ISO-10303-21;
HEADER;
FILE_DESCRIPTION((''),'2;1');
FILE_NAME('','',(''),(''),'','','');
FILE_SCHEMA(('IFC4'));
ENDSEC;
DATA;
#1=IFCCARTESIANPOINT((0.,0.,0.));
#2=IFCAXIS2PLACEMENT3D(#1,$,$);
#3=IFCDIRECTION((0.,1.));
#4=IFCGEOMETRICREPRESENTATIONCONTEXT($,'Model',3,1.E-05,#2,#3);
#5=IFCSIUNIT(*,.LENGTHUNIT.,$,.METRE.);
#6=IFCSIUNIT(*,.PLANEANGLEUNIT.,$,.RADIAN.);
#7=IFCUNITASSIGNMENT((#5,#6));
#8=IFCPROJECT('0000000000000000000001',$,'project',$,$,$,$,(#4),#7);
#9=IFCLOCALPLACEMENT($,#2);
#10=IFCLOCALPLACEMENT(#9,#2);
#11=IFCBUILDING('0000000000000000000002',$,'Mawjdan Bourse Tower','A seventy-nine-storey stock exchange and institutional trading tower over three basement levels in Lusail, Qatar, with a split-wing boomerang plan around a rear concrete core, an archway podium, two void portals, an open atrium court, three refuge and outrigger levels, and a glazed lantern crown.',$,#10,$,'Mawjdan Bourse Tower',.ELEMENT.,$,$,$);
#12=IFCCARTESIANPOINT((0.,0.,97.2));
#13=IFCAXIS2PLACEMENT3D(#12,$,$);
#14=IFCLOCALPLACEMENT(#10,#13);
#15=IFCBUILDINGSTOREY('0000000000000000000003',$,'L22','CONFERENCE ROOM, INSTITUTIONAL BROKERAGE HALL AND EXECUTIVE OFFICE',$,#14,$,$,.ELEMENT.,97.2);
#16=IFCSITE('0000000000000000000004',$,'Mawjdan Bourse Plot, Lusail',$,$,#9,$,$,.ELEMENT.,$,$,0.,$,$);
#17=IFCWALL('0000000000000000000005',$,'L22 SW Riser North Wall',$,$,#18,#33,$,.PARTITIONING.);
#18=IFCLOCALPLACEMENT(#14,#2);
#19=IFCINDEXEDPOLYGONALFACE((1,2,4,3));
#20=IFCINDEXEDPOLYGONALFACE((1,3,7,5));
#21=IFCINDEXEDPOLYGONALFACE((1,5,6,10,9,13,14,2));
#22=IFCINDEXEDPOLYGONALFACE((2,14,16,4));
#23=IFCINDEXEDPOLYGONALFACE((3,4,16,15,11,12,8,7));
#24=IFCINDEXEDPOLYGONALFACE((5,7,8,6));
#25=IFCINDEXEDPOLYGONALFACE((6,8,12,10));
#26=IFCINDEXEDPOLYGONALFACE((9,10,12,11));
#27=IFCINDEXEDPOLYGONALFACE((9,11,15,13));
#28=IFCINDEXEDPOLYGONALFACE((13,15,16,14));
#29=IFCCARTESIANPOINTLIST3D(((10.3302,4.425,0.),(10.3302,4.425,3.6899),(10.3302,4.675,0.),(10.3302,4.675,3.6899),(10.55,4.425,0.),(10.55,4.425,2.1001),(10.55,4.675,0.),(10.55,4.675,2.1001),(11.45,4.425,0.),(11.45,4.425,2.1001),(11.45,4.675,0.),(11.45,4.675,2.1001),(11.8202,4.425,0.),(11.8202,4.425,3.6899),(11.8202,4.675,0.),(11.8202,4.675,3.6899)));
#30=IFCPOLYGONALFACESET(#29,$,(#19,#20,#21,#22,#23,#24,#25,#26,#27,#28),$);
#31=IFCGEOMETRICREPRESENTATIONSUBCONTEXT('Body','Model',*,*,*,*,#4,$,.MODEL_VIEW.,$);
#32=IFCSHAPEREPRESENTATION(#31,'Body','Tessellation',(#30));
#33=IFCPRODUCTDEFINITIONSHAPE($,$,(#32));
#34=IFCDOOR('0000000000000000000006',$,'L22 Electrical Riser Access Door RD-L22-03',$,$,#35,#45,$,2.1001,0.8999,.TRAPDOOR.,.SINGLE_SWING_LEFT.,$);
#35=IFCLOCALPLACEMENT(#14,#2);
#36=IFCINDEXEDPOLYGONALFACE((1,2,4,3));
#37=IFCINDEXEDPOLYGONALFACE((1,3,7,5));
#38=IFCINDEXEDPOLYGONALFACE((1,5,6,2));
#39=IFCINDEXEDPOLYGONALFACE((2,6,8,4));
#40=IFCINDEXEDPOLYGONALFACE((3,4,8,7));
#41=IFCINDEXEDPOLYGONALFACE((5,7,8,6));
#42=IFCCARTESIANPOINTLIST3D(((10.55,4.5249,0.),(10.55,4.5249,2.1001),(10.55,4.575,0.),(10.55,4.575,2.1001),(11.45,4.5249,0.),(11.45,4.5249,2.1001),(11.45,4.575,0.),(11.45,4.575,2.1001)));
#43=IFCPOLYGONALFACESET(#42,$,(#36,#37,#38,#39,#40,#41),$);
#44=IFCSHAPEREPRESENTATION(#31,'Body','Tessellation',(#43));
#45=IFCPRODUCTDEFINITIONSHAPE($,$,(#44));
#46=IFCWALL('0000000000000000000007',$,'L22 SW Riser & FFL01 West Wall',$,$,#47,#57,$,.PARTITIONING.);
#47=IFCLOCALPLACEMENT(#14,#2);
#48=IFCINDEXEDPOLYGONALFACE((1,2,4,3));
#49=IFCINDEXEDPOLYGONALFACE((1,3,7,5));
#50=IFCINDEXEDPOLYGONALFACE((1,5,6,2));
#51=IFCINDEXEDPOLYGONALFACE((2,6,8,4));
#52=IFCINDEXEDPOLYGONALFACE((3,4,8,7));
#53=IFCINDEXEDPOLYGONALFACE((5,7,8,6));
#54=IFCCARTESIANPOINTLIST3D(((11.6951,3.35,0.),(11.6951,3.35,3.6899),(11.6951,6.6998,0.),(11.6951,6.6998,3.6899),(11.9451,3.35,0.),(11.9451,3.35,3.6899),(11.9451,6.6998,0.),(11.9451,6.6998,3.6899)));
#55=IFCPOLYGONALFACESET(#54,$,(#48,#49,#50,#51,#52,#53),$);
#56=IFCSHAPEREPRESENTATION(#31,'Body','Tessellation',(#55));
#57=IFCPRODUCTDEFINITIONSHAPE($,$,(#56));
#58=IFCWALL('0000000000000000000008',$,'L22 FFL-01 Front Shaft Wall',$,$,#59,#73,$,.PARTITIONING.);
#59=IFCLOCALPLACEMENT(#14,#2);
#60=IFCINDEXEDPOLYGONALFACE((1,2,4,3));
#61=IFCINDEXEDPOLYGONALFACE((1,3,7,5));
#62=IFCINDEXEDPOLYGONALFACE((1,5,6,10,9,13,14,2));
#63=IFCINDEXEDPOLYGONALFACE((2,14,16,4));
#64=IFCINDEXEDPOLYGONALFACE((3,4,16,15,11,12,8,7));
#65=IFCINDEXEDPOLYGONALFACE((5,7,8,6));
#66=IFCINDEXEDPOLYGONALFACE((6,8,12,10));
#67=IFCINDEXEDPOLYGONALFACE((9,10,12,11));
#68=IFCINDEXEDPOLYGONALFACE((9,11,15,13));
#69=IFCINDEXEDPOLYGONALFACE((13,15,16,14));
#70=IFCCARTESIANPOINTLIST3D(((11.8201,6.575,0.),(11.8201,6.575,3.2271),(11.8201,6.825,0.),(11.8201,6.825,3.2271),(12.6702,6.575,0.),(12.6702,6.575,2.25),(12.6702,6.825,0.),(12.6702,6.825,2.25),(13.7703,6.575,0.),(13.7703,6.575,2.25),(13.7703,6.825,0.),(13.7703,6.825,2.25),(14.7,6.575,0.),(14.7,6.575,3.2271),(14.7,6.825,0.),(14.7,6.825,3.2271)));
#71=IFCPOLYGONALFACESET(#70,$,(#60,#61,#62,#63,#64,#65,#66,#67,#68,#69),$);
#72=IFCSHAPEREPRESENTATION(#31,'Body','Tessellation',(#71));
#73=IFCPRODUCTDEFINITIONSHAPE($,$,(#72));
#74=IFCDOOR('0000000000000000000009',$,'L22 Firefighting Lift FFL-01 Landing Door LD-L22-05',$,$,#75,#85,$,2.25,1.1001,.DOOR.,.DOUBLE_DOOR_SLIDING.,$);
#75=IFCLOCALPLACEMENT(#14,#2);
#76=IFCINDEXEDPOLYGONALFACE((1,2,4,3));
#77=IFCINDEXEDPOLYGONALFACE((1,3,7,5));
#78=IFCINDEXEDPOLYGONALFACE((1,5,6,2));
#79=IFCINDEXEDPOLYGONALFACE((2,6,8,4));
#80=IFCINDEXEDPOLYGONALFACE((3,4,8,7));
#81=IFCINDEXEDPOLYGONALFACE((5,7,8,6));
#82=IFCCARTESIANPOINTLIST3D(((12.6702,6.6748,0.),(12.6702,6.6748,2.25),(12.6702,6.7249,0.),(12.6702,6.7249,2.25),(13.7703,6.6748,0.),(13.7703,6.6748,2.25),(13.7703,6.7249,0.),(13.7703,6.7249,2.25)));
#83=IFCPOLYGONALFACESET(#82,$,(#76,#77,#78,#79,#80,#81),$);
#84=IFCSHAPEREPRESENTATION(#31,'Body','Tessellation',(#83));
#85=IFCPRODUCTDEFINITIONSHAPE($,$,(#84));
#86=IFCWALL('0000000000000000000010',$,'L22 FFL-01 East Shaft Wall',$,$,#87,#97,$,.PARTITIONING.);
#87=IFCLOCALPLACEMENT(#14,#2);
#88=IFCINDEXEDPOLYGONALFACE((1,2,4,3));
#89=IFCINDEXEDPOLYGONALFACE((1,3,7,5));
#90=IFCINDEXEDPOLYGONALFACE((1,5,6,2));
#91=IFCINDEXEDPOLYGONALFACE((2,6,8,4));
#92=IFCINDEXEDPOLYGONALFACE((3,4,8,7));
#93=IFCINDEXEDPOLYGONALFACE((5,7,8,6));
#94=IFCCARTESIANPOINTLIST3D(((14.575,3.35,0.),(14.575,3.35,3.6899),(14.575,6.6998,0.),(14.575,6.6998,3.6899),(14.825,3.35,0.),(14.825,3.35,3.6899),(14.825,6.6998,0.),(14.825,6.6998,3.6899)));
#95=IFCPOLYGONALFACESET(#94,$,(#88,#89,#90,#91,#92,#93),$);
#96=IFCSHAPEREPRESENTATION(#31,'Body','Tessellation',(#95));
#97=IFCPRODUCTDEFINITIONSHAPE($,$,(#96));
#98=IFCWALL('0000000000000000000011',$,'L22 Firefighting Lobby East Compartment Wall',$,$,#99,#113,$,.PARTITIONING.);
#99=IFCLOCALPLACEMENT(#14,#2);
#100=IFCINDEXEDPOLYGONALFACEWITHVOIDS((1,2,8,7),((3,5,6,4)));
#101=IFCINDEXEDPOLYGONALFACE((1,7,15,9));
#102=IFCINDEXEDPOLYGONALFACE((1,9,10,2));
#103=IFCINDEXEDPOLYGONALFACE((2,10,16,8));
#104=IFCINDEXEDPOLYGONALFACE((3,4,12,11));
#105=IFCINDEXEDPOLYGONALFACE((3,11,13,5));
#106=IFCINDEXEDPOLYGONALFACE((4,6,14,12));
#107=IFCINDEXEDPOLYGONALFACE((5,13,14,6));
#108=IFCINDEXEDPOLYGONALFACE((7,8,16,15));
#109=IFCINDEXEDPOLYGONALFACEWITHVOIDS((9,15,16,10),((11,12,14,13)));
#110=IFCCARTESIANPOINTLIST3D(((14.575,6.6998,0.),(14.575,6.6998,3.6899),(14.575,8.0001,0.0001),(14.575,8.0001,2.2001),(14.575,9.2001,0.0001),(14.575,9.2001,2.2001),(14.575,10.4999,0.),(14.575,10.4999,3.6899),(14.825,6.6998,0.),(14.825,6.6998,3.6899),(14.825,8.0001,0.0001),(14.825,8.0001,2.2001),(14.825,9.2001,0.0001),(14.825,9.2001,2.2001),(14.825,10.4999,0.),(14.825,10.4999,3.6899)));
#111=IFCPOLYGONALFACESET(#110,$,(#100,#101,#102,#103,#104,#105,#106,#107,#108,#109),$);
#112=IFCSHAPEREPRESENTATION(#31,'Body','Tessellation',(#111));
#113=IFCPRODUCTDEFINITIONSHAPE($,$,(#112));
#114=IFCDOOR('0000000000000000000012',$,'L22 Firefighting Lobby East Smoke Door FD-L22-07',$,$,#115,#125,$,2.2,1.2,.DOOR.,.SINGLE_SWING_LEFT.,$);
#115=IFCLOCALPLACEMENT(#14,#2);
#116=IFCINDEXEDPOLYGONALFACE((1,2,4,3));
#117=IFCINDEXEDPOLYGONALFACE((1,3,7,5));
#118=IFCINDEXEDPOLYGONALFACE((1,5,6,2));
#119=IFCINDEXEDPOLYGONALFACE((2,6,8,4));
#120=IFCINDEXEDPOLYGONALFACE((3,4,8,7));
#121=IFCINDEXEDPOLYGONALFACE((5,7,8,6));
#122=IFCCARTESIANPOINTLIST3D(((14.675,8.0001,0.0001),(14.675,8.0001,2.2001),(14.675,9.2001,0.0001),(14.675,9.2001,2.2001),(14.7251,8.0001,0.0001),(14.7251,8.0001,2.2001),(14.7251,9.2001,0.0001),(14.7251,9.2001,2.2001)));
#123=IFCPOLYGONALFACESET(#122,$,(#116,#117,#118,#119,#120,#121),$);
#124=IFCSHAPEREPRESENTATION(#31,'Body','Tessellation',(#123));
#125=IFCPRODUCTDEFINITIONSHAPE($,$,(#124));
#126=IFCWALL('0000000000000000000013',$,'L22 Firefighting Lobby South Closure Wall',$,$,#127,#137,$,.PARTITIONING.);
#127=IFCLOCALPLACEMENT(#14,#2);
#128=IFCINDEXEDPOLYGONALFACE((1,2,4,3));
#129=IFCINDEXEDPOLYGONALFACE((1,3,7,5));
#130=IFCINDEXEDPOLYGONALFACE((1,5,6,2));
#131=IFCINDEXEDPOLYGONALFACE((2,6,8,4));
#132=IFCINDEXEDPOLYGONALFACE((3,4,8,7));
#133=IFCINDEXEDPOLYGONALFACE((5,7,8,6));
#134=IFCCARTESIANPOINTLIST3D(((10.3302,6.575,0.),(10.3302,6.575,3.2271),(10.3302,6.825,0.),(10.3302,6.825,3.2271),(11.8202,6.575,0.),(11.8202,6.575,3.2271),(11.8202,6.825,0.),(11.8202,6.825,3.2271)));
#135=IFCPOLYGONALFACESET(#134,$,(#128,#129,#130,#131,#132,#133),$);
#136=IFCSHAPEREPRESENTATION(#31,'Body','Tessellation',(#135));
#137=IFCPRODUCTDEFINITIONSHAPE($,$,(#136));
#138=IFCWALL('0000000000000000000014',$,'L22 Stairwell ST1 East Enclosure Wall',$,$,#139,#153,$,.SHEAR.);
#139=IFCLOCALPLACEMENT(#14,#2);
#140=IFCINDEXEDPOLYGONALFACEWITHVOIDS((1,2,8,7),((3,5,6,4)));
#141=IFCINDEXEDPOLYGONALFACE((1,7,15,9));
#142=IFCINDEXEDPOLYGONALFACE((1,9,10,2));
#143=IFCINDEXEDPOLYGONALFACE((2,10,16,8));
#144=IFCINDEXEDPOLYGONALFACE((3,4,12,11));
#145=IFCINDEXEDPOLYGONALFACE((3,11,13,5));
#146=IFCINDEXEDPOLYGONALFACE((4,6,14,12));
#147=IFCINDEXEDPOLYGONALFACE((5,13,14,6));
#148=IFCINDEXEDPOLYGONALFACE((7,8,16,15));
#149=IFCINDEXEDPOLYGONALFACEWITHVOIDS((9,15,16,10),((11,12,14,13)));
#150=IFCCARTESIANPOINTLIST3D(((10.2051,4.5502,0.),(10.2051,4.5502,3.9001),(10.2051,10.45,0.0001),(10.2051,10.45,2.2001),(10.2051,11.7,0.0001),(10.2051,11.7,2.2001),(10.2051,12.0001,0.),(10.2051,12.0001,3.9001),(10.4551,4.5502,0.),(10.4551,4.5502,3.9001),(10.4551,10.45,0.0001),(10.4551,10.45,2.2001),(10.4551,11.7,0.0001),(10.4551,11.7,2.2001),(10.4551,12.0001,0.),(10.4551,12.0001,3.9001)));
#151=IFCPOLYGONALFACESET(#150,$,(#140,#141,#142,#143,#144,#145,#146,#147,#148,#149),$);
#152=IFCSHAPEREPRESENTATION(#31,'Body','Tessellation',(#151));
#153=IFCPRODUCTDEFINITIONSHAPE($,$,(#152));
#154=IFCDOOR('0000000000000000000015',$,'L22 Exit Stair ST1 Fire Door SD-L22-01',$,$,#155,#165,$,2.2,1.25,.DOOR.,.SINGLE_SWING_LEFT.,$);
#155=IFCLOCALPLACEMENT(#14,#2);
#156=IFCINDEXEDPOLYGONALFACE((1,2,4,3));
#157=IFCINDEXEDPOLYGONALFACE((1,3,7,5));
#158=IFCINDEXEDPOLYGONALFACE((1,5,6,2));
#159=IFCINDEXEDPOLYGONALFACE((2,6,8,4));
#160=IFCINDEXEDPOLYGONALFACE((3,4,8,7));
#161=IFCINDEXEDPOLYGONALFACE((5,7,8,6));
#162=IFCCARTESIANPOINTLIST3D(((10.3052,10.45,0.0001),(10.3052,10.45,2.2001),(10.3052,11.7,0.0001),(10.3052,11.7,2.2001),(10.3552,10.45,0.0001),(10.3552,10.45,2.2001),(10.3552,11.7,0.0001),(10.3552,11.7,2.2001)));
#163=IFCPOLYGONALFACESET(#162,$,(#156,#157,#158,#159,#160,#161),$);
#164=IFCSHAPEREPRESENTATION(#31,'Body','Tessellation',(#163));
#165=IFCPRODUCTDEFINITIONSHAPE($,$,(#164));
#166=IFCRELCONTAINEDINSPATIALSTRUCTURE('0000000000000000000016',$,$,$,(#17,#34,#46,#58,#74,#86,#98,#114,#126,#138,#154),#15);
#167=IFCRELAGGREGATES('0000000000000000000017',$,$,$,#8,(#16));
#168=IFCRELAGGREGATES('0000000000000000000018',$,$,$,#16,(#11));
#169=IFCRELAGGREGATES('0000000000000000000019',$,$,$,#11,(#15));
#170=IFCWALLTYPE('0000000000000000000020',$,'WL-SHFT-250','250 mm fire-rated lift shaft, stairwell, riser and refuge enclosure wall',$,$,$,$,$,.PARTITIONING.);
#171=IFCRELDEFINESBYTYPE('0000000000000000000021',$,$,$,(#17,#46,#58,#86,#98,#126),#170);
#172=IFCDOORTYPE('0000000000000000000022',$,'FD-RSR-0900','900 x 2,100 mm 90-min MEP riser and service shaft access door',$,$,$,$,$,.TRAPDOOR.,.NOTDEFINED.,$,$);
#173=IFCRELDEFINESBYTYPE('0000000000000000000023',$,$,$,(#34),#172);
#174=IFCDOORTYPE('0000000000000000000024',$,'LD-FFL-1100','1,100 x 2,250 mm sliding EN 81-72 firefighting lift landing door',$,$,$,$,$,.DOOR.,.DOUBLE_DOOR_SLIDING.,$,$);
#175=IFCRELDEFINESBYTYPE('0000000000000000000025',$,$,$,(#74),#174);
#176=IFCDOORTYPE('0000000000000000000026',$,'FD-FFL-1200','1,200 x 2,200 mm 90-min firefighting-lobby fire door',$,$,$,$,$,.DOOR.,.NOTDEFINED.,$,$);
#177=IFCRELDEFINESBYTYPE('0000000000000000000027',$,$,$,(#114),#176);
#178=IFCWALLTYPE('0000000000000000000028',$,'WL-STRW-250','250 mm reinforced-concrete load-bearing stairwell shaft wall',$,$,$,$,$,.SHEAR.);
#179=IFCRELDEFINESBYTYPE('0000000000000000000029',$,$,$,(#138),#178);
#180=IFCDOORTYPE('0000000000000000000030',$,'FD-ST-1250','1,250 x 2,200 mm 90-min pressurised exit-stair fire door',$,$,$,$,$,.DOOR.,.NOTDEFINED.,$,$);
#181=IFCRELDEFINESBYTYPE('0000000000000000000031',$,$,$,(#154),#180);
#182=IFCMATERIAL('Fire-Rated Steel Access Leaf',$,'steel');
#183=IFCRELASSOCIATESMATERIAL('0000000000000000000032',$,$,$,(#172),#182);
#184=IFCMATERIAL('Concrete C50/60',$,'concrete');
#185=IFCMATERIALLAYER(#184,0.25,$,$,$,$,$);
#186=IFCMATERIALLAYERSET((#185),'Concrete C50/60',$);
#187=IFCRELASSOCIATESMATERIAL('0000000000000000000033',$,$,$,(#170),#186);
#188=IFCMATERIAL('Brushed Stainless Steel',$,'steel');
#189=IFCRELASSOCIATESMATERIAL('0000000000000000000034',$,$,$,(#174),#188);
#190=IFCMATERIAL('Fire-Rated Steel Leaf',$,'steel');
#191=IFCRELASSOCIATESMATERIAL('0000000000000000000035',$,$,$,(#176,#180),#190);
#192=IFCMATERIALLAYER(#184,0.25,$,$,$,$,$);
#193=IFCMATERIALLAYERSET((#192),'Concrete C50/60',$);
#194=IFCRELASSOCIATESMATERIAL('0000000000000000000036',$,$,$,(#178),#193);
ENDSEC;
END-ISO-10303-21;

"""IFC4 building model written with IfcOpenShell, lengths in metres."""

from ifc_helpers import new_model, si_unit, direction, frame, frame_2d, origin, place, context, subcontext, project, spatial, rectangle, extrude, material, layer, layer_set, type_object, element, fill, save


model = new_model("IFC4")

# Units and contexts
model_context = context("Model", 3, precision=1e-05, world=origin(), true_north=direction((0.0, 1.0)))
body_context = subcontext(model_context, "Body", "Model", "MODEL_VIEW")
ifc_project = project(units=[si_unit("LENGTHUNIT", "METRE"), si_unit("PLANEANGLEUNIT", "RADIAN")], contexts=[model_context])

# Site, building, storey
site_placement = place(None, origin())
site = spatial("IfcSite", under=ifc_project, at=site_placement, Name="Mawjdan Bourse Plot, Lusail", CompositionType="ELEMENT", RefElevation=0.0)
building_placement = place(site_placement, origin())
building = spatial("IfcBuilding", under=site, at=building_placement, Name="Mawjdan Bourse Tower", Description="A seventy-nine-storey stock exchange and institutional trading tower over three basement levels in Lusail, Qatar, with a split-wing boomerang plan around a rear concrete core, an archway podium, two void portals, an open atrium court, three refuge and outrigger levels, and a glazed lantern crown.", LongName="Mawjdan Bourse Tower", CompositionType="ELEMENT")
storey_placement = place(building_placement, frame((0.0, 0.0, 97.2)))
storey = spatial("IfcBuildingStorey", under=building, at=storey_placement, Name="L22", Description="CONFERENCE ROOM, INSTITUTIONAL BROKERAGE HALL AND EXECUTIVE OFFICE", CompositionType="ELEMENT", Elevation=97.2)

# Shared definitions
ifc_material_1 = material(Name="Fire-Rated Steel Access Leaf", Category="steel")
door_type_1 = type_object("IfcDoorType", Name="FD-RSR-0900", Description="900 x 2,100 mm 90-min MEP riser and service shaft access door", OperationType="NOTDEFINED", PredefinedType="TRAPDOOR", material=ifc_material_1)

# Wall, opening, door
ifc_material_2 = material(Name="Concrete C50/60", Category="concrete")
ifc_layer_1 = layer(ifc_material_2, 0.25)
ifc_layer_set_1 = layer_set([ifc_layer_1], Name="Concrete C50/60")
wall_type_1 = type_object("IfcWallType", Name="WL-SHFT-250", Description="250 mm fire-rated lift shaft, stairwell, riser and refuge enclosure wall", PredefinedType="PARTITIONING", material=ifc_layer_set_1)
wall_1_placement = place(storey_placement, frame((10.3301, 4.55, 0.0), z_axis=(0.0, 0.0, 1.0), x_axis=(1.0, 0.0, 0.0)))
wall_1 = element("IfcWall", 1, at=wall_1_placement, inside=storey, type_object=wall_type_1, Name="L22 SW Riser North Wall", PredefinedType="PARTITIONING", context=body_context, shape_type="SweptSolid", body=[
    extrude(rectangle(XDim=1.49, YDim=0.25, at=frame_2d((0.7451, 0.0))), origin(), (0.0, 0.0, 1.0), 3.6899),
])
opening_1_placement = place(wall_1_placement, frame((0.22, 0.0, 0.0)))
opening_1 = element("IfcOpeningElement", 2, at=opening_1_placement, cuts=wall_1, PredefinedType="OPENING", context=body_context, shape_type="SweptSolid", body=[
    extrude(rectangle(XDim=0.8999, YDim=2.1001, at=frame_2d((0.45, 1.05))), frame((0.0, 0.135, 0.0), z_axis=(0.0, -1.0, 0.0), x_axis=(1.0, 0.0, 0.0)), (0.0, 0.0, 1.0), 0.27),
])
door_1_placement = place(opening_1_placement, origin())
door_1 = element("IfcDoor", 3, at=door_1_placement, inside=storey, type_object=door_type_1, Name="L22 Electrical Riser Access Door RD-L22-03", OperationType="SINGLE_SWING_LEFT", OverallHeight=2.1001, OverallWidth=0.8999, PredefinedType="TRAPDOOR", context=body_context, shape_type="SweptSolid", body=[
    extrude(rectangle(XDim=0.8999, YDim=2.1001, at=frame_2d((0.45, 1.05))), frame((0.0, 0.0249, 0.0), z_axis=(0.0, -1.0, 0.0), x_axis=(1.0, 0.0, 0.0)), (0.0, 0.0, 1.0), 0.05),
])
fill(opening_1, door_1)

# Wall
wall_2_placement = place(storey_placement, frame((11.8201, 3.3501, 0.0), z_axis=(0.0, 0.0, 1.0), x_axis=(0.0, 1.0, 0.0)))
element("IfcWall", 4, at=wall_2_placement, inside=storey, type_object=wall_type_1, Name="L22 SW Riser & FFL01 West Wall", PredefinedType="PARTITIONING", context=body_context, shape_type="SweptSolid", body=[
    extrude(rectangle(XDim=3.3499, YDim=0.25, at=frame_2d((1.6748, 0.0))), origin(), (0.0, 0.0, 1.0), 3.6899),
])

# Wall, opening, door
wall_3_placement = place(storey_placement, frame((11.8201, 6.7, 0.0), z_axis=(0.0, 0.0, 1.0), x_axis=(1.0, 0.0, 0.0)))
wall_3 = element("IfcWall", 5, at=wall_3_placement, inside=storey, type_object=wall_type_1, Name="L22 FFL-01 Front Shaft Wall", PredefinedType="PARTITIONING", context=body_context, shape_type="SweptSolid", body=[
    extrude(rectangle(XDim=2.8799, YDim=0.25, at=frame_2d((1.4399, 0.0))), origin(), (0.0, 0.0, 1.0), 3.2271),
])
opening_2_placement = place(wall_3_placement, frame((0.8501, 0.0, 0.0)))
opening_2 = element("IfcOpeningElement", 6, at=opening_2_placement, cuts=wall_3, PredefinedType="OPENING", context=body_context, shape_type="SweptSolid", body=[
    extrude(rectangle(XDim=1.1001, YDim=2.25, at=frame_2d((0.55, 1.125))), frame((0.0, 0.135, 0.0), z_axis=(0.0, -1.0, 0.0), x_axis=(1.0, 0.0, 0.0)), (0.0, 0.0, 1.0), 0.27),
])
ifc_material_3 = material(Name="Brushed Stainless Steel", Category="steel")
door_type_2 = type_object("IfcDoorType", Name="LD-FFL-1100", Description="1,100 x 2,250 mm sliding EN 81-72 firefighting lift landing door", OperationType="DOUBLE_DOOR_SLIDING", PredefinedType="DOOR", material=ifc_material_3)
door_2_placement = place(opening_2_placement, origin())
door_2 = element("IfcDoor", 7, at=door_2_placement, inside=storey, type_object=door_type_2, Name="L22 Firefighting Lift FFL-01 Landing Door LD-L22-05", OperationType="DOUBLE_DOOR_SLIDING", OverallHeight=2.25, OverallWidth=1.1001, PredefinedType="DOOR", context=body_context, shape_type="SweptSolid", body=[
    extrude(rectangle(XDim=1.1001, YDim=2.25, at=frame_2d((0.55, 1.125))), frame((0.0, 0.0249, 0.0), z_axis=(0.0, -1.0, 0.0), x_axis=(1.0, 0.0, 0.0)), (0.0, 0.0, 1.0), 0.05),
])
fill(opening_2, door_2)

# Wall
wall_4_placement = place(storey_placement, frame((14.7, 3.3501, 0.0), z_axis=(0.0, 0.0, 1.0), x_axis=(0.0, 1.0, 0.0)))
element("IfcWall", 8, at=wall_4_placement, inside=storey, type_object=wall_type_1, Name="L22 FFL-01 East Shaft Wall", PredefinedType="PARTITIONING", context=body_context, shape_type="SweptSolid", body=[
    extrude(rectangle(XDim=3.3499, YDim=0.25, at=frame_2d((1.6748, 0.0))), origin(), (0.0, 0.0, 1.0), 3.6899),
])

# Wall, opening, door
wall_5_placement = place(storey_placement, frame((14.7, 6.7, 0.0), z_axis=(0.0, 0.0, 1.0), x_axis=(0.0, 1.0, 0.0)))
wall_5 = element("IfcWall", 9, at=wall_5_placement, inside=storey, type_object=wall_type_1, Name="L22 Firefighting Lobby East Compartment Wall", PredefinedType="PARTITIONING", context=body_context, shape_type="SweptSolid", body=[
    extrude(rectangle(XDim=3.8, YDim=0.25, at=frame_2d((1.8999, 0.0))), origin(), (0.0, 0.0, 1.0), 3.6899),
])
opening_3_placement = place(wall_5_placement, frame((1.3, 0.0, 0.0)))
opening_3 = element("IfcOpeningElement", 10, at=opening_3_placement, cuts=wall_5, PredefinedType="OPENING", context=body_context, shape_type="SweptSolid", body=[
    extrude(rectangle(XDim=1.2, YDim=2.2, at=frame_2d((0.6001, 1.1001))), frame((0.0, 0.135, 0.0), z_axis=(0.0, -1.0, 0.0), x_axis=(1.0, 0.0, 0.0)), (0.0, 0.0, 1.0), 0.27),
])
ifc_material_4 = material(Name="Fire-Rated Steel Leaf", Category="steel")
door_type_3 = type_object("IfcDoorType", Name="FD-FFL-1200", Description="1,200 x 2,200 mm 90-min firefighting-lobby fire door", OperationType="NOTDEFINED", PredefinedType="DOOR", material=ifc_material_4)
door_3_placement = place(opening_3_placement, origin())
door_3 = element("IfcDoor", 11, at=door_3_placement, inside=storey, type_object=door_type_3, Name="L22 Firefighting Lobby East Smoke Door FD-L22-07", OperationType="SINGLE_SWING_LEFT", OverallHeight=2.2, OverallWidth=1.2, PredefinedType="DOOR", context=body_context, shape_type="SweptSolid", body=[
    extrude(rectangle(XDim=1.2, YDim=2.2, at=frame_2d((0.6001, 1.1001))), frame((0.0, 0.0249, 0.0), z_axis=(0.0, -1.0, 0.0), x_axis=(1.0, 0.0, 0.0)), (0.0, 0.0, 1.0), 0.05),
])
fill(opening_3, door_3)

# Wall
wall_6_placement = place(storey_placement, frame((10.3301, 6.7, 0.0), z_axis=(0.0, 0.0, 1.0), x_axis=(1.0, 0.0, 0.0)))
element("IfcWall", 12, at=wall_6_placement, inside=storey, type_object=wall_type_1, Name="L22 Firefighting Lobby South Closure Wall", PredefinedType="PARTITIONING", context=body_context, shape_type="SweptSolid", body=[
    extrude(rectangle(XDim=1.49, YDim=0.25, at=frame_2d((0.7451, 0.0))), origin(), (0.0, 0.0, 1.0), 3.2271),
])

# Wall, opening, door
ifc_layer_2 = layer(ifc_material_2, 0.25)
ifc_layer_set_2 = layer_set([ifc_layer_2], Name="Concrete C50/60")
wall_type_2 = type_object("IfcWallType", Name="WL-STRW-250", Description="250 mm reinforced-concrete load-bearing stairwell shaft wall", PredefinedType="SHEAR", material=ifc_layer_set_2)
wall_7_placement = place(storey_placement, frame((10.3301, 4.55, 0.0), z_axis=(0.0, 0.0, 1.0), x_axis=(0.0, 1.0, 0.0)))
wall_7 = element("IfcWall", 13, at=wall_7_placement, inside=storey, type_object=wall_type_2, Name="L22 Stairwell ST1 East Enclosure Wall", PredefinedType="SHEAR", context=body_context, shape_type="SweptSolid", body=[
    extrude(rectangle(XDim=7.45, YDim=0.25, at=frame_2d((3.7251, 0.0))), origin(), (0.0, 0.0, 1.0), 3.9001),
])
opening_4_placement = place(wall_7_placement, frame((5.8999, 0.0, 0.0)))
opening_4 = element("IfcOpeningElement", 14, at=opening_4_placement, cuts=wall_7, PredefinedType="OPENING", context=body_context, shape_type="SweptSolid", body=[
    extrude(rectangle(XDim=1.25, YDim=2.2, at=frame_2d((0.625, 1.1001))), frame((0.0, 0.135, 0.0), z_axis=(0.0, -1.0, 0.0), x_axis=(1.0, 0.0, 0.0)), (0.0, 0.0, 1.0), 0.27),
])
door_type_4 = type_object("IfcDoorType", Name="FD-ST-1250", Description="1,250 x 2,200 mm 90-min pressurised exit-stair fire door", OperationType="NOTDEFINED", PredefinedType="DOOR", material=ifc_material_4)
door_4_placement = place(opening_4_placement, origin())
door_4 = element("IfcDoor", 15, at=door_4_placement, inside=storey, type_object=door_type_4, Name="L22 Exit Stair ST1 Fire Door SD-L22-01", OperationType="SINGLE_SWING_LEFT", OverallHeight=2.2, OverallWidth=1.25, PredefinedType="DOOR", context=body_context, shape_type="SweptSolid", body=[
    extrude(rectangle(XDim=1.25, YDim=2.2, at=frame_2d((0.625, 1.1001))), frame((0.0, 0.0249, 0.0), z_axis=(0.0, -1.0, 0.0), x_axis=(1.0, 0.0, 0.0)), (0.0, 0.0, 1.0), 0.05),
])
fill(opening_4, door_4)

save(model, "model.ifc")
